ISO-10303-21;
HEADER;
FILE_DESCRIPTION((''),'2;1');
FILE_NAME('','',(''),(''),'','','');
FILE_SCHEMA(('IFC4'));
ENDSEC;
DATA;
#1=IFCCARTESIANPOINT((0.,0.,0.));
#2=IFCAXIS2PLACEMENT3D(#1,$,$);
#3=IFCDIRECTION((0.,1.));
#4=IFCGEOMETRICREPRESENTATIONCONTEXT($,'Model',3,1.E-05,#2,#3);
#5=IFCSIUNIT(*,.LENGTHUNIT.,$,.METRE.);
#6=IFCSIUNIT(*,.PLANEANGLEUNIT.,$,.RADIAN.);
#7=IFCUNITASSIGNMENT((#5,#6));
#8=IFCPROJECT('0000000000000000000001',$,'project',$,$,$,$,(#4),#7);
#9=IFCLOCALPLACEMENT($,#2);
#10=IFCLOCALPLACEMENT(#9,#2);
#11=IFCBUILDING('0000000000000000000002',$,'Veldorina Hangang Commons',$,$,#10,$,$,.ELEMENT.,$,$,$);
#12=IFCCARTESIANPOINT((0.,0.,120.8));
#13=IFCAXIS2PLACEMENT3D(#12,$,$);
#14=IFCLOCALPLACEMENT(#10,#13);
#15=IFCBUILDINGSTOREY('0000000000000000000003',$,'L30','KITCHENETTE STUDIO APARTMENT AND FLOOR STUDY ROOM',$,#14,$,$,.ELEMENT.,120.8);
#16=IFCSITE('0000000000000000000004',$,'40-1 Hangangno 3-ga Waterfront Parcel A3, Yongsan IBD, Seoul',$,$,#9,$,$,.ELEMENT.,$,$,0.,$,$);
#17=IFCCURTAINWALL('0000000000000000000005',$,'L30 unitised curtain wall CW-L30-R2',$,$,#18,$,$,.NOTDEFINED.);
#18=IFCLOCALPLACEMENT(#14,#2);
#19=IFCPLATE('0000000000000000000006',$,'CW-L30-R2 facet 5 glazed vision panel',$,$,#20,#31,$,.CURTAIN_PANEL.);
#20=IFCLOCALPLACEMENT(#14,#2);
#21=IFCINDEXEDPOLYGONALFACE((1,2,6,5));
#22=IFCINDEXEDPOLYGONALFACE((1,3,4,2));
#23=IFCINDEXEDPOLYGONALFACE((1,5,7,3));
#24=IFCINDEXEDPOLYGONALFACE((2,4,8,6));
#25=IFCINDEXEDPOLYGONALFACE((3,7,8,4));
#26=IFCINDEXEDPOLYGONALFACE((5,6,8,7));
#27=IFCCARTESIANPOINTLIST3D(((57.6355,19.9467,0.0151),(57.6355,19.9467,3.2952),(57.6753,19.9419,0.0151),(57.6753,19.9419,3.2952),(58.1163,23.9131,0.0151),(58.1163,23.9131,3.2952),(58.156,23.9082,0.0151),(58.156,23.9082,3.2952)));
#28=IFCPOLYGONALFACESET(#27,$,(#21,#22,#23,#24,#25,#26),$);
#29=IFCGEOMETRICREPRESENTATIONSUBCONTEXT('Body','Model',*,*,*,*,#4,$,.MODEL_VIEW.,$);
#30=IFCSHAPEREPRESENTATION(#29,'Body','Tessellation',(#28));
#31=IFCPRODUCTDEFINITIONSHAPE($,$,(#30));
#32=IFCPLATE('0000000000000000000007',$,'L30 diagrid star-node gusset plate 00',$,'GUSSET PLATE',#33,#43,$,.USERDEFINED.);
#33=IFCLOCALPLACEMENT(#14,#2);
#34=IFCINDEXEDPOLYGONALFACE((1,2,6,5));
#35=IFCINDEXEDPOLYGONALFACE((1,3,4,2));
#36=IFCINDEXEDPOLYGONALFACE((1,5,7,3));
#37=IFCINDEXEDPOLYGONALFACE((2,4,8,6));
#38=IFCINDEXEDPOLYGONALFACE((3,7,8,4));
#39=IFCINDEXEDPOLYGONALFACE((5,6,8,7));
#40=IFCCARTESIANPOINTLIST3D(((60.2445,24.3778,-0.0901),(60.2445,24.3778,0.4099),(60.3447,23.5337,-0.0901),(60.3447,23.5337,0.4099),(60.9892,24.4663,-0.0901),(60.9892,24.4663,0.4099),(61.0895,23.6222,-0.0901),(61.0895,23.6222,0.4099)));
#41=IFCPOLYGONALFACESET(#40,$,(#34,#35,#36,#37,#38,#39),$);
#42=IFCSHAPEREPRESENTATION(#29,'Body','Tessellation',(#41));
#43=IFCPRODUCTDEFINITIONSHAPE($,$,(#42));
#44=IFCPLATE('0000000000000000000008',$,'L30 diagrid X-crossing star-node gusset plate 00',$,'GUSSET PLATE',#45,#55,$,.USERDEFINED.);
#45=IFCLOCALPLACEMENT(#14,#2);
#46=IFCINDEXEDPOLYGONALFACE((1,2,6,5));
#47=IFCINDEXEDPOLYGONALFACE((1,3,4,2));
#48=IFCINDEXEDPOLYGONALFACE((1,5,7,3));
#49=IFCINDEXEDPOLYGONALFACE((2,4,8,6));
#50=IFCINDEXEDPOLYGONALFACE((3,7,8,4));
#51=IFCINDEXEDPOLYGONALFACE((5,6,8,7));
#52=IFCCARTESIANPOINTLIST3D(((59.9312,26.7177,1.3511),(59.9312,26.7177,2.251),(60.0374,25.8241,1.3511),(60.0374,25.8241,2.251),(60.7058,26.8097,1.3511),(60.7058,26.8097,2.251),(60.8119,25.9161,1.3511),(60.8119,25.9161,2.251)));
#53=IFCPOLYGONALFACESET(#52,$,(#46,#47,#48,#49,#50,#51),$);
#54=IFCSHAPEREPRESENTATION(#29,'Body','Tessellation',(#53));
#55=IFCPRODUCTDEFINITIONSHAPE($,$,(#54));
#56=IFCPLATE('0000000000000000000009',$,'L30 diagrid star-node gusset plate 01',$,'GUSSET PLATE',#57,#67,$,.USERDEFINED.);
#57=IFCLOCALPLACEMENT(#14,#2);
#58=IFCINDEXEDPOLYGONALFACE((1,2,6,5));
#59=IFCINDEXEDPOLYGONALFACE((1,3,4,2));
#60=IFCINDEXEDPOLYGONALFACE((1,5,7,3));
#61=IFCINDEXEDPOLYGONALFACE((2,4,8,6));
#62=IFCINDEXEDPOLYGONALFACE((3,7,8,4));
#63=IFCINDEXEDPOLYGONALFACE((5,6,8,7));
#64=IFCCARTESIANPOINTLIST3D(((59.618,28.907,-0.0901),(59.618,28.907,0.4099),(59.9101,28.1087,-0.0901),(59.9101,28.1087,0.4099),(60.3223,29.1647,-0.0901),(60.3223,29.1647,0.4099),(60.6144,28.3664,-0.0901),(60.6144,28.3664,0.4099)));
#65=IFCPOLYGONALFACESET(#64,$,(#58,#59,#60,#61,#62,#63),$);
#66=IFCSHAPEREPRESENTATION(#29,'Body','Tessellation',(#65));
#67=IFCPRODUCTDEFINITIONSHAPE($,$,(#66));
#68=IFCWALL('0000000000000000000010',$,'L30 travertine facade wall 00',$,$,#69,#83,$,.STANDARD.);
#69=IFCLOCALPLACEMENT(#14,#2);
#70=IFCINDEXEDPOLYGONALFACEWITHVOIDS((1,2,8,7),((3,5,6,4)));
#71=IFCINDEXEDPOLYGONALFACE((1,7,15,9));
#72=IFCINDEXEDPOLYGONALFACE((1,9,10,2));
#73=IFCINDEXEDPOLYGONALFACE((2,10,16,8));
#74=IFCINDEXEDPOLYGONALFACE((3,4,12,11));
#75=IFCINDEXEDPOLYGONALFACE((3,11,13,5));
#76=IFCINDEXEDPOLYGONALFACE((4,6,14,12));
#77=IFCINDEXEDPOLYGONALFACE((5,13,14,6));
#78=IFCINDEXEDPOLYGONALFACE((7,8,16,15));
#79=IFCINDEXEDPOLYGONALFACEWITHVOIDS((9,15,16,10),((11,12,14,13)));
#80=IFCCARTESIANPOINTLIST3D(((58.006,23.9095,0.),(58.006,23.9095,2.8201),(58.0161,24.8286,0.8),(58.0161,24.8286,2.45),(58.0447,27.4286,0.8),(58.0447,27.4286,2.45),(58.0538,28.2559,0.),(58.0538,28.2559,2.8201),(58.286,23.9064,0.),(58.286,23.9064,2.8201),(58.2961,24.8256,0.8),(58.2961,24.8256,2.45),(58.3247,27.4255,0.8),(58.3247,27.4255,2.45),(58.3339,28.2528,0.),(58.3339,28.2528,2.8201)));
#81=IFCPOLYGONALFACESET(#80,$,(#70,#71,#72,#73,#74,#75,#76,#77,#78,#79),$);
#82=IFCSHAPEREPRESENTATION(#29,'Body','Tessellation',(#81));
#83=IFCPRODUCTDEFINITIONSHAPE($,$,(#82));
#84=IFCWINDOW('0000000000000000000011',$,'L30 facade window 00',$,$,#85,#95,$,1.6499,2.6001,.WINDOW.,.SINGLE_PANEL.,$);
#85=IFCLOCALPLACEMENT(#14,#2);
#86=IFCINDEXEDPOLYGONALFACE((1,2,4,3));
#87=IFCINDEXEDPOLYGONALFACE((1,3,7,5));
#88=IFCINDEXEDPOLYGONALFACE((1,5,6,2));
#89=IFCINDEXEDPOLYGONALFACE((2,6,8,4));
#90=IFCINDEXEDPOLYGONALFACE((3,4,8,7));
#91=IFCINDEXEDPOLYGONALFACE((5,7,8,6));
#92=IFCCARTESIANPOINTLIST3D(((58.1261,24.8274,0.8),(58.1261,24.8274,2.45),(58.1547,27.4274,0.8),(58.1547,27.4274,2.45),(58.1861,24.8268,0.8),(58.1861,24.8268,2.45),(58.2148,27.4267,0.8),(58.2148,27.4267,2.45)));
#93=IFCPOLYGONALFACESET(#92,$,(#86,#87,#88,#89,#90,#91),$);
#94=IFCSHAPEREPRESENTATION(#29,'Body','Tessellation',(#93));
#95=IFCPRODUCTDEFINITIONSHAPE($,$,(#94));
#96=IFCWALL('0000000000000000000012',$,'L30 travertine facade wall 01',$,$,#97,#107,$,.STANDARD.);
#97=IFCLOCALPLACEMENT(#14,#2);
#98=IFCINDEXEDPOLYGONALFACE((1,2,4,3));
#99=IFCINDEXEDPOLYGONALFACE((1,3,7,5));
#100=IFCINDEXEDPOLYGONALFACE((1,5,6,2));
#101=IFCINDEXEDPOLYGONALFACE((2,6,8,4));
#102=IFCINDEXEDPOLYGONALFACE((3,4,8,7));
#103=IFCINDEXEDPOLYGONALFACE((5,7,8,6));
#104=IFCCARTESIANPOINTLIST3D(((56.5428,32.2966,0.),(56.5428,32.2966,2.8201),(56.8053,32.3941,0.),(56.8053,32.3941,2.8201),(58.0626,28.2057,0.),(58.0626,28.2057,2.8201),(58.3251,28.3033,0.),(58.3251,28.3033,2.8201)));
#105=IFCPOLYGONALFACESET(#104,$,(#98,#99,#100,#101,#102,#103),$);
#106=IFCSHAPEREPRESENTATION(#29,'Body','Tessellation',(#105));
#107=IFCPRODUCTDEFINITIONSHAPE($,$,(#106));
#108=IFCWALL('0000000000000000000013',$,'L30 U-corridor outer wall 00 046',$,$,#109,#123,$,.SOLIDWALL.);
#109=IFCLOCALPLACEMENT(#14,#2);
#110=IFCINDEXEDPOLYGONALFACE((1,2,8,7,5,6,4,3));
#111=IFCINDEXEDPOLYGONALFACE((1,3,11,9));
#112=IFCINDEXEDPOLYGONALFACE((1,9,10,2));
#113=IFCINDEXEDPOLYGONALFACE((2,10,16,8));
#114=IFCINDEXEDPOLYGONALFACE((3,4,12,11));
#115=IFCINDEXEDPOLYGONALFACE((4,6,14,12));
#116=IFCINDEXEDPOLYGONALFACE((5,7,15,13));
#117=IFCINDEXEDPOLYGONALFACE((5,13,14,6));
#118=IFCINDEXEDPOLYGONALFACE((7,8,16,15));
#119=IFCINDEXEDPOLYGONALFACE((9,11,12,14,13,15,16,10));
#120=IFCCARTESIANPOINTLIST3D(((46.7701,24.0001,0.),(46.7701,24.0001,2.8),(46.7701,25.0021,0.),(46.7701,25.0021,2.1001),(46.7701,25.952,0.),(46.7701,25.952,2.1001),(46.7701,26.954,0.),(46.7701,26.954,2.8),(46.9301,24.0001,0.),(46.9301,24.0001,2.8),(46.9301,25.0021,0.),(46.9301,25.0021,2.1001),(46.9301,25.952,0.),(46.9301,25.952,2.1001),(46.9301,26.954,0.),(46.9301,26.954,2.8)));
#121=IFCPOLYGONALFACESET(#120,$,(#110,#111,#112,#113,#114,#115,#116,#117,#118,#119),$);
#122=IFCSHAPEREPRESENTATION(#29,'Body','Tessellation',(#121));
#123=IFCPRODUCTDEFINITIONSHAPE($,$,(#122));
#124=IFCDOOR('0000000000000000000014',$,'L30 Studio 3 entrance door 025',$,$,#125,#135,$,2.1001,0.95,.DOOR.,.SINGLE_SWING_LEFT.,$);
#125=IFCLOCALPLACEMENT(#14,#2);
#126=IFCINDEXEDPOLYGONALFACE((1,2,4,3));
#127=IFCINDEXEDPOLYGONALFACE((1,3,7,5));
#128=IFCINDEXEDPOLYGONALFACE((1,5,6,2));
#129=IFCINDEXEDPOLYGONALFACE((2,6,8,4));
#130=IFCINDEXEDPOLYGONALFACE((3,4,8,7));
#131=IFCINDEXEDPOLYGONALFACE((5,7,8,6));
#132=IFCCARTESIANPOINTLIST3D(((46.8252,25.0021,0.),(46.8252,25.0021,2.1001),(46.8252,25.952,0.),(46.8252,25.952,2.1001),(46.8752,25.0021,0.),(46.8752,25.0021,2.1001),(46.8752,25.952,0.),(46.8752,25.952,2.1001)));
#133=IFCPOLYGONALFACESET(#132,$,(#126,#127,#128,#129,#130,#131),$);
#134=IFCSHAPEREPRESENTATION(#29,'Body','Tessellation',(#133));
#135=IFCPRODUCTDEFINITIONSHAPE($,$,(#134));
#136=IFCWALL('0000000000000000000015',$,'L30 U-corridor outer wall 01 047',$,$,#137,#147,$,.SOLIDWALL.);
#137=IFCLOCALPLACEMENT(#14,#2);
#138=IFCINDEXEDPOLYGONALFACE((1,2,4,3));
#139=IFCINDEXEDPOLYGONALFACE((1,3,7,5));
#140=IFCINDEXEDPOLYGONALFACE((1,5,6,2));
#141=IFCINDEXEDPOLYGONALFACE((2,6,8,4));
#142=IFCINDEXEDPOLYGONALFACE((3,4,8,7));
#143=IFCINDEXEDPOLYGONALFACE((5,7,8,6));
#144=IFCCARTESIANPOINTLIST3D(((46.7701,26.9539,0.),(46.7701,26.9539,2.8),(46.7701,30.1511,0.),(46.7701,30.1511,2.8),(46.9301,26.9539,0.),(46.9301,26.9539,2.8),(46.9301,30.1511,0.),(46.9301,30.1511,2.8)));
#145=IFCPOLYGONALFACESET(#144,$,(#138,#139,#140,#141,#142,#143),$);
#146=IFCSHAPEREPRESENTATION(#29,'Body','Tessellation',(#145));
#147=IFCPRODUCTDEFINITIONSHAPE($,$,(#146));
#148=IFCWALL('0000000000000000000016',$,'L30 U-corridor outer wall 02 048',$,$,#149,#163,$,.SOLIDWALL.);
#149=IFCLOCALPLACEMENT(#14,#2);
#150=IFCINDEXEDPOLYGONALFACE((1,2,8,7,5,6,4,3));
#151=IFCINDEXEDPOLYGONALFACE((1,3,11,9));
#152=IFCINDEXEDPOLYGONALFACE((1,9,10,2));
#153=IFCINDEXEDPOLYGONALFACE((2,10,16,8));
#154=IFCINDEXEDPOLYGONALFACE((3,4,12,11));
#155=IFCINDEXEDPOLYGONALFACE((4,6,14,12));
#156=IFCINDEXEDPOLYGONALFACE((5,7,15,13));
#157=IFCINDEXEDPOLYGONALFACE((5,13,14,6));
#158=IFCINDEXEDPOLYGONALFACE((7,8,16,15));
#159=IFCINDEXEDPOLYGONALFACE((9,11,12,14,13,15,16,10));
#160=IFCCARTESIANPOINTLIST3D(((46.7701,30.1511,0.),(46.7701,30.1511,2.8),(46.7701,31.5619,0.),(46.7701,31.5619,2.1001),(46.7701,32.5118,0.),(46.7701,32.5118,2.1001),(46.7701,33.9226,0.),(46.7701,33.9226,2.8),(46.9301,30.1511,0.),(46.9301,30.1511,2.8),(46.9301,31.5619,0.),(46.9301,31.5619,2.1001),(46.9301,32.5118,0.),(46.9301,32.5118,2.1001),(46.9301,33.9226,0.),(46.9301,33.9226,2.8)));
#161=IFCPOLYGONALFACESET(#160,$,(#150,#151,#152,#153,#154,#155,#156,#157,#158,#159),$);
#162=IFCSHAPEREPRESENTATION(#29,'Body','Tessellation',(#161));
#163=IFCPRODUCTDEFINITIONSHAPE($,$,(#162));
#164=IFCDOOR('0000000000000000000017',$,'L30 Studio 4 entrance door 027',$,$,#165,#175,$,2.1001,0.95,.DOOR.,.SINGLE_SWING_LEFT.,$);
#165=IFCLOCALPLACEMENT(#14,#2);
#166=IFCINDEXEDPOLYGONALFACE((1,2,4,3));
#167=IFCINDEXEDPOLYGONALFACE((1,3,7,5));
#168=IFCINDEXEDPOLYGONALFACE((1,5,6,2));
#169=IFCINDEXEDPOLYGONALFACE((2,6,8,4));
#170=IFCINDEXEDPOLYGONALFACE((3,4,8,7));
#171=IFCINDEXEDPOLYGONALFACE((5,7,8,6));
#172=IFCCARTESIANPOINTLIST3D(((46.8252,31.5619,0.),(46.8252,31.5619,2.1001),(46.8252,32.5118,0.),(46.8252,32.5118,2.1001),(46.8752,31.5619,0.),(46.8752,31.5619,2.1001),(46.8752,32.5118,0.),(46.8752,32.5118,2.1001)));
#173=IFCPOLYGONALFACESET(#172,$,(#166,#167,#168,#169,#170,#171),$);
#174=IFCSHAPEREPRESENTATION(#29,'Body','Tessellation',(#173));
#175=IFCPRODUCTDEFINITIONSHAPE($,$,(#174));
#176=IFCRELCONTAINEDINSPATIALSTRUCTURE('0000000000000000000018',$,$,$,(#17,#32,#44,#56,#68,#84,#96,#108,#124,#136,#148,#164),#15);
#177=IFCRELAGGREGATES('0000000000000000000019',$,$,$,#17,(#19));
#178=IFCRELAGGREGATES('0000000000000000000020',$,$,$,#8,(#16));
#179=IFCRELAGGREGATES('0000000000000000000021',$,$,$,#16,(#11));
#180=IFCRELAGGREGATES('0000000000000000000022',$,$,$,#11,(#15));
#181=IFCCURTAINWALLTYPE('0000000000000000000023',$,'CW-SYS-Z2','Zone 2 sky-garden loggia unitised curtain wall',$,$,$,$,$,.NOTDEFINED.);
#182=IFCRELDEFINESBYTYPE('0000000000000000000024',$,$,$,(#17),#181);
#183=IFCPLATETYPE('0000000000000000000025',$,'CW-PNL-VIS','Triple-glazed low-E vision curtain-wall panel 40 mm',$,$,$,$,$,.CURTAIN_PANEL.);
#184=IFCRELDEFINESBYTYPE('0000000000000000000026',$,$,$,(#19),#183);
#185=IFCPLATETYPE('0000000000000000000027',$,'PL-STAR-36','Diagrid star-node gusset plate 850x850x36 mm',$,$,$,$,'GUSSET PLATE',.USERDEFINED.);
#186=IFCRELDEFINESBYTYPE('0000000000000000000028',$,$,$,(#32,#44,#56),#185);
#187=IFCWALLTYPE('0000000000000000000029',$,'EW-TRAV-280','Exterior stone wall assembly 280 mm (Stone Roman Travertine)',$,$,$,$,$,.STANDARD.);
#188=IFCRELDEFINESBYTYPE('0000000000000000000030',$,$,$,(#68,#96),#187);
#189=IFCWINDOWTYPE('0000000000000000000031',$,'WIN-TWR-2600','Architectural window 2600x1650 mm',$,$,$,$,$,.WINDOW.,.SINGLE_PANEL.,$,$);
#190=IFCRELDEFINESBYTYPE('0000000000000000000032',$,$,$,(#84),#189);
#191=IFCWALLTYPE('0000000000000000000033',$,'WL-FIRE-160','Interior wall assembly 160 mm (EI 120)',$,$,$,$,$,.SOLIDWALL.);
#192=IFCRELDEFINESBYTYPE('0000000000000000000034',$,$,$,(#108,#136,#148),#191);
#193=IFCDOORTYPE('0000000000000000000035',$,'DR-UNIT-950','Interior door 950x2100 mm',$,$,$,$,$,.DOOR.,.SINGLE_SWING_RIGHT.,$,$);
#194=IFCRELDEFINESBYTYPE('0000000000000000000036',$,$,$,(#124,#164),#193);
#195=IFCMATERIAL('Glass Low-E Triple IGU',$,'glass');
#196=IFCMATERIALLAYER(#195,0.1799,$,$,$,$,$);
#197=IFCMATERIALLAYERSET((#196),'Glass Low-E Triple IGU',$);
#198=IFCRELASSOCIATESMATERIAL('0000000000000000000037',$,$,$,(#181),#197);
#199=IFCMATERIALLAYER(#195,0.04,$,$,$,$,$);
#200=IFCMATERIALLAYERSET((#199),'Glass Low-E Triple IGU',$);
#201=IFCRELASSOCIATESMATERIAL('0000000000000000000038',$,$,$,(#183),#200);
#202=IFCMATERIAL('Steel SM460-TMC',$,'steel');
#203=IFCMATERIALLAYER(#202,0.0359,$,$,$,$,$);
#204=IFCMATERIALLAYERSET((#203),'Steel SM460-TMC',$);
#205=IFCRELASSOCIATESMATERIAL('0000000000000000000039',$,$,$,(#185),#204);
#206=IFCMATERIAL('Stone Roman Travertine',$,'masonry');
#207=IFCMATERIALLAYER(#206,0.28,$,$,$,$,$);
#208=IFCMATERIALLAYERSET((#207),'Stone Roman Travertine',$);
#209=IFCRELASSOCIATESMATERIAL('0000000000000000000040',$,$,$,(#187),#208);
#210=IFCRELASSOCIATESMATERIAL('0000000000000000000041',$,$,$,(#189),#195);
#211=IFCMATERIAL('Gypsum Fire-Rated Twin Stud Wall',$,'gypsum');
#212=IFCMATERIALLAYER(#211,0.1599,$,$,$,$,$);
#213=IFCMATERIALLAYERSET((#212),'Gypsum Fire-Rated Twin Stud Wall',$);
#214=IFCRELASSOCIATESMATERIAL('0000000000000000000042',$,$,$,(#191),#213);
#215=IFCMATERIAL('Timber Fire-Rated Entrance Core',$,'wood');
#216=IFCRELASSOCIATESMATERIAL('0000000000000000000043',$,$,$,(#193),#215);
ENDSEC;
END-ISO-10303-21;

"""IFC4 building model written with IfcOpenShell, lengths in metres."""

from ifc_helpers import new_model, si_unit, direction, frame, frame_2d, origin, origin_2d, place, context, subcontext, project, spatial, rectangle, extrude, material, layer, layer_set, type_object, element, fill, aggregate, save


model = new_model("IFC4")

# Units and contexts
model_context = context("Model", 3, precision=1e-05, world=origin(), true_north=direction((0.0, 1.0)))
body_context = subcontext(model_context, "Body", "Model", "MODEL_VIEW")
ifc_project = project(units=[si_unit("LENGTHUNIT", "METRE"), si_unit("PLANEANGLEUNIT", "RADIAN")], contexts=[model_context])

# Site, building, storey
site_placement = place(None, origin())
site = spatial("IfcSite", under=ifc_project, at=site_placement, Name="40-1 Hangangno 3-ga Waterfront Parcel A3, Yongsan IBD, Seoul", CompositionType="ELEMENT", RefElevation=0.0)
building_placement = place(site_placement, origin())
building = spatial("IfcBuilding", under=site, at=building_placement, Name="Veldorina Hangang Commons", CompositionType="ELEMENT")
storey_placement = place(building_placement, frame((0.0, 0.0, 120.8)))
storey = spatial("IfcBuildingStorey", under=building, at=storey_placement, Name="L30", Description="KITCHENETTE STUDIO APARTMENT AND FLOOR STUDY ROOM", CompositionType="ELEMENT", Elevation=120.8)

# Curtain wall
ifc_material_1 = material(Name="Glass Low-E Triple IGU", Category="glass")
ifc_layer_1 = layer(ifc_material_1, 0.1799)
ifc_layer_set_1 = layer_set([ifc_layer_1], Name="Glass Low-E Triple IGU")
curtain_wall_type = type_object("IfcCurtainWallType", Name="CW-SYS-Z2", Description="Zone 2 sky-garden loggia unitised curtain wall", PredefinedType="NOTDEFINED", material=ifc_layer_set_1)
curtain_wall_placement = place(storey_placement, origin())
curtain_wall = element("IfcCurtainWall", 1, at=curtain_wall_placement, inside=storey, type_object=curtain_wall_type, Name="L30 unitised curtain wall CW-L30-R2", PredefinedType="NOTDEFINED")

# Plate
ifc_layer_2 = layer(ifc_material_1, 0.04)
ifc_layer_set_2 = layer_set([ifc_layer_2], Name="Glass Low-E Triple IGU")
plate_type_1 = type_object("IfcPlateType", Name="CW-PNL-VIS", Description="Triple-glazed low-E vision curtain-wall panel 40 mm", PredefinedType="CURTAIN_PANEL", material=ifc_layer_set_2)
plate_1_placement = place(storey_placement, frame((57.8958, 21.9275, 0.0151), z_axis=(0.0, 0.0, 1.0), x_axis=(0.120327, 0.992734, 0.0)))
plate_1 = element("IfcPlate", 2, at=plate_1_placement, type_object=plate_type_1, Name="CW-L30-R2 facet 5 glazed vision panel", PredefinedType="CURTAIN_PANEL", context=body_context, shape_type="SweptSolid", body=[
    extrude(rectangle(XDim=3.9954, YDim=0.04, at=origin_2d()), origin(), (0.0, 0.0, 1.0), 3.28),
])
aggregate(curtain_wall, [plate_1])

# Plates
ifc_material_2 = material(Name="Steel SM460-TMC", Category="steel")
ifc_layer_3 = layer(ifc_material_2, 0.0359)
ifc_layer_set_3 = layer_set([ifc_layer_3], Name="Steel SM460-TMC")
plate_type_2 = type_object("IfcPlateType", Name="PL-STAR-36", Description="Diagrid star-node gusset plate 850x850x36 mm", ElementType="GUSSET PLATE", PredefinedType="USERDEFINED", material=ifc_layer_set_3)
plate_2_placement = place(storey_placement, frame((60.667, 24.0, -0.0901), z_axis=(0.0, 0.0, 1.0), x_axis=(-0.117953, 0.993019, 0.0)))
element("IfcPlate", 3, at=plate_2_placement, inside=storey, type_object=plate_type_2, Name="L30 diagrid star-node gusset plate 00", ObjectType="GUSSET PLATE", PredefinedType="USERDEFINED", context=body_context, shape_type="SweptSolid", body=[
    extrude(rectangle(XDim=0.8501, YDim=0.75, at=origin_2d()), origin(), (0.0, 0.0, 1.0), 0.5),
])
plate_3_placement = place(storey_placement, frame((60.3716, 26.3169, 1.3511), z_axis=(0.0, 0.0, 1.0), x_axis=(-0.117953, 0.993019, 0.0)))
element("IfcPlate", 4, at=plate_3_placement, inside=storey, type_object=plate_type_2, Name="L30 diagrid X-crossing star-node gusset plate 00", ObjectType="GUSSET PLATE", PredefinedType="USERDEFINED", context=body_context, shape_type="SweptSolid", body=[
    extrude(rectangle(XDim=0.8999, YDim=0.78, at=origin_2d()), origin(), (0.0, 0.0, 1.0), 0.8999),
])
plate_4_placement = place(storey_placement, frame((60.1162, 28.6367, -0.0901), z_axis=(0.0, 0.0, 1.0), x_axis=(-0.343611, 0.939112, 0.0)))
element("IfcPlate", 5, at=plate_4_placement, inside=storey, type_object=plate_type_2, Name="L30 diagrid star-node gusset plate 01", ObjectType="GUSSET PLATE", PredefinedType="USERDEFINED", context=body_context, shape_type="SweptSolid", body=[
    extrude(rectangle(XDim=0.8501, YDim=0.75, at=origin_2d()), origin(), (0.0, 0.0, 1.0), 0.5),
])

# Wall, opening, window
ifc_material_3 = material(Name="Stone Roman Travertine", Category="masonry")
ifc_layer_4 = layer(ifc_material_3, 0.28)
ifc_layer_set_4 = layer_set([ifc_layer_4], Name="Stone Roman Travertine")
wall_type_1 = type_object("IfcWallType", Name="EW-TRAV-280", Description="Exterior stone wall assembly 280 mm (Stone Roman Travertine)", PredefinedType="STANDARD", material=ifc_layer_set_4)
wall_1_placement = place(storey_placement, frame((58.146, 23.908, 0.0), z_axis=(0.0, 0.0, 1.0), x_axis=(0.011009, 0.999939, 0.0)))
wall_1 = element("IfcWall", 6, at=wall_1_placement, inside=storey, type_object=wall_type_1, Name="L30 travertine facade wall 00", PredefinedType="STANDARD", context=body_context, shape_type="SweptSolid", body=[
    extrude(rectangle(XDim=4.3467, YDim=0.28, at=frame_2d((2.1733, 0.0))), origin(), (0.0, 0.0, 1.0), 2.8201),
])
opening_1_placement = place(wall_1_placement, frame((0.9192, 0.0, 0.8)))
opening_1 = element("IfcOpeningElement", 7, at=opening_1_placement, cuts=wall_1, PredefinedType="OPENING", context=body_context, shape_type="SweptSolid", body=[
    extrude(rectangle(XDim=2.6001, YDim=1.6499, at=frame_2d((1.3, 0.825))), frame((0.0, 0.1499, 0.0), z_axis=(0.0, -1.0, 0.0), x_axis=(1.0, 0.0, 0.0)), (0.0, 0.0, 1.0), 0.3),
])
window_type = type_object("IfcWindowType", Name="WIN-TWR-2600", Description="Architectural window 2600x1650 mm", PartitioningType="SINGLE_PANEL", PredefinedType="WINDOW", material=ifc_material_1)
window_placement = place(opening_1_placement, origin())
window = element("IfcWindow", 8, at=window_placement, inside=storey, type_object=window_type, Name="L30 facade window 00", OverallHeight=1.6499, OverallWidth=2.6001, PartitioningType="SINGLE_PANEL", PredefinedType="WINDOW", context=body_context, shape_type="SweptSolid", body=[
    extrude(rectangle(XDim=2.6001, YDim=1.6499, at=frame_2d((1.3, 0.825))), frame((0.0, 0.03, 0.0), z_axis=(0.0, -1.0, 0.0), x_axis=(1.0, 0.0, 0.0)), (0.0, 0.0, 1.0), 0.0601),
])
fill(opening_1, window)

# Wall
wall_2_placement = place(storey_placement, frame((58.1938, 28.2544, 0.0), z_axis=(0.0, 0.0, 1.0), x_axis=(-0.348253, 0.937401, 0.0)))
element("IfcWall", 9, at=wall_2_placement, inside=storey, type_object=wall_type_1, Name="L30 travertine facade wall 01", PredefinedType="STANDARD", context=body_context, shape_type="SweptSolid", body=[
    extrude(rectangle(XDim=4.364, YDim=0.28, at=frame_2d((2.1821, 0.0))), origin(), (0.0, 0.0, 1.0), 2.8201),
])

# Wall, opening, door
ifc_material_4 = material(Name="Gypsum Fire-Rated Twin Stud Wall", Category="gypsum")
ifc_layer_5 = layer(ifc_material_4, 0.1599)
ifc_layer_set_5 = layer_set([ifc_layer_5], Name="Gypsum Fire-Rated Twin Stud Wall")
wall_type_2 = type_object("IfcWallType", Name="WL-FIRE-160", Description="Interior wall assembly 160 mm (EI 120)", PredefinedType="SOLIDWALL", material=ifc_layer_set_5)
wall_3_placement = place(storey_placement, frame((46.8501, 24.0, 0.0), z_axis=(0.0, 0.0, 1.0), x_axis=(0.0, 1.0, 0.0)))
wall_3 = element("IfcWall", 10, at=wall_3_placement, inside=storey, type_object=wall_type_2, Name="L30 U-corridor outer wall 00 046", PredefinedType="SOLIDWALL", context=body_context, shape_type="SweptSolid", body=[
    extrude(rectangle(XDim=2.9539, YDim=0.1599, at=frame_2d((1.4771, 0.0))), origin(), (0.0, 0.0, 1.0), 2.8),
])
opening_2_placement = place(wall_3_placement, frame((1.002, 0.0, 0.0)))
opening_2 = element("IfcOpeningElement", 11, at=opening_2_placement, cuts=wall_3, PredefinedType="OPENING", context=body_context, shape_type="SweptSolid", body=[
    extrude(rectangle(XDim=0.95, YDim=2.1001, at=frame_2d((0.4751, 1.05))), frame((0.0, 0.0898, 0.0), z_axis=(0.0, -1.0, 0.0), x_axis=(1.0, 0.0, 0.0)), (0.0, 0.0, 1.0), 0.1799),
])
ifc_material_5 = material(Name="Timber Fire-Rated Entrance Core", Category="wood")
door_type_1 = type_object("IfcDoorType", Name="DR-UNIT-950", Description="Interior door 950x2100 mm", OperationType="SINGLE_SWING_RIGHT", PredefinedType="DOOR", material=ifc_material_5)
door_1_placement = place(opening_2_placement, origin())
door_1 = element("IfcDoor", 12, at=door_1_placement, inside=storey, type_object=door_type_1, Name="L30 Studio 3 entrance door 025", OperationType="SINGLE_SWING_LEFT", OverallHeight=2.1001, OverallWidth=0.95, PredefinedType="DOOR", context=body_context, shape_type="SweptSolid", body=[
    extrude(rectangle(XDim=0.95, YDim=2.1001, at=frame_2d((0.4751, 1.05))), frame((0.0, 0.0249, 0.0), z_axis=(0.0, -1.0, 0.0), x_axis=(1.0, 0.0, 0.0)), (0.0, 0.0, 1.0), 0.05),
])
fill(opening_2, door_1)

# Wall
wall_4_placement = place(storey_placement, frame((46.8501, 26.9539, 0.0), z_axis=(0.0, 0.0, 1.0), x_axis=(0.0, 1.0, 0.0)))
element("IfcWall", 13, at=wall_4_placement, inside=storey, type_object=wall_type_2, Name="L30 U-corridor outer wall 01 047", PredefinedType="SOLIDWALL", context=body_context, shape_type="SweptSolid", body=[
    extrude(rectangle(XDim=3.1973, YDim=0.1599, at=frame_2d((1.5986, 0.0))), origin(), (0.0, 0.0, 1.0), 2.8),
])

# Wall, opening, door
wall_5_placement = place(storey_placement, frame((46.8501, 30.1511, 0.0), z_axis=(0.0, 0.0, 1.0), x_axis=(0.0, 1.0, 0.0)))
wall_5 = element("IfcWall", 14, at=wall_5_placement, inside=storey, type_object=wall_type_2, Name="L30 U-corridor outer wall 02 048", PredefinedType="SOLIDWALL", context=body_context, shape_type="SweptSolid", body=[
    extrude(rectangle(XDim=3.7715, YDim=0.1599, at=frame_2d((1.8857, 0.0))), origin(), (0.0, 0.0, 1.0), 2.8),
])
opening_3_placement = place(wall_5_placement, frame((1.4106, 0.0, 0.0)))
opening_3 = element("IfcOpeningElement", 15, at=opening_3_placement, cuts=wall_5, PredefinedType="OPENING", context=body_context, shape_type="SweptSolid", body=[
    extrude(rectangle(XDim=0.95, YDim=2.1001, at=frame_2d((0.4751, 1.05))), frame((0.0, 0.0898, 0.0), z_axis=(0.0, -1.0, 0.0), x_axis=(1.0, 0.0, 0.0)), (0.0, 0.0, 1.0), 0.1799),
])
door_2_placement = place(opening_3_placement, origin())
door_2 = element("IfcDoor", 16, at=door_2_placement, inside=storey, type_object=door_type_1, Name="L30 Studio 4 entrance door 027", OperationType="SINGLE_SWING_LEFT", OverallHeight=2.1001, OverallWidth=0.95, PredefinedType="DOOR", context=body_context, shape_type="SweptSolid", body=[
    extrude(rectangle(XDim=0.95, YDim=2.1001, at=frame_2d((0.4751, 1.05))), frame((0.0, 0.0249, 0.0), z_axis=(0.0, -1.0, 0.0), x_axis=(1.0, 0.0, 0.0)), (0.0, 0.0, 1.0), 0.05),
])
fill(opening_3, door_2)

save(model, "model.ifc")
